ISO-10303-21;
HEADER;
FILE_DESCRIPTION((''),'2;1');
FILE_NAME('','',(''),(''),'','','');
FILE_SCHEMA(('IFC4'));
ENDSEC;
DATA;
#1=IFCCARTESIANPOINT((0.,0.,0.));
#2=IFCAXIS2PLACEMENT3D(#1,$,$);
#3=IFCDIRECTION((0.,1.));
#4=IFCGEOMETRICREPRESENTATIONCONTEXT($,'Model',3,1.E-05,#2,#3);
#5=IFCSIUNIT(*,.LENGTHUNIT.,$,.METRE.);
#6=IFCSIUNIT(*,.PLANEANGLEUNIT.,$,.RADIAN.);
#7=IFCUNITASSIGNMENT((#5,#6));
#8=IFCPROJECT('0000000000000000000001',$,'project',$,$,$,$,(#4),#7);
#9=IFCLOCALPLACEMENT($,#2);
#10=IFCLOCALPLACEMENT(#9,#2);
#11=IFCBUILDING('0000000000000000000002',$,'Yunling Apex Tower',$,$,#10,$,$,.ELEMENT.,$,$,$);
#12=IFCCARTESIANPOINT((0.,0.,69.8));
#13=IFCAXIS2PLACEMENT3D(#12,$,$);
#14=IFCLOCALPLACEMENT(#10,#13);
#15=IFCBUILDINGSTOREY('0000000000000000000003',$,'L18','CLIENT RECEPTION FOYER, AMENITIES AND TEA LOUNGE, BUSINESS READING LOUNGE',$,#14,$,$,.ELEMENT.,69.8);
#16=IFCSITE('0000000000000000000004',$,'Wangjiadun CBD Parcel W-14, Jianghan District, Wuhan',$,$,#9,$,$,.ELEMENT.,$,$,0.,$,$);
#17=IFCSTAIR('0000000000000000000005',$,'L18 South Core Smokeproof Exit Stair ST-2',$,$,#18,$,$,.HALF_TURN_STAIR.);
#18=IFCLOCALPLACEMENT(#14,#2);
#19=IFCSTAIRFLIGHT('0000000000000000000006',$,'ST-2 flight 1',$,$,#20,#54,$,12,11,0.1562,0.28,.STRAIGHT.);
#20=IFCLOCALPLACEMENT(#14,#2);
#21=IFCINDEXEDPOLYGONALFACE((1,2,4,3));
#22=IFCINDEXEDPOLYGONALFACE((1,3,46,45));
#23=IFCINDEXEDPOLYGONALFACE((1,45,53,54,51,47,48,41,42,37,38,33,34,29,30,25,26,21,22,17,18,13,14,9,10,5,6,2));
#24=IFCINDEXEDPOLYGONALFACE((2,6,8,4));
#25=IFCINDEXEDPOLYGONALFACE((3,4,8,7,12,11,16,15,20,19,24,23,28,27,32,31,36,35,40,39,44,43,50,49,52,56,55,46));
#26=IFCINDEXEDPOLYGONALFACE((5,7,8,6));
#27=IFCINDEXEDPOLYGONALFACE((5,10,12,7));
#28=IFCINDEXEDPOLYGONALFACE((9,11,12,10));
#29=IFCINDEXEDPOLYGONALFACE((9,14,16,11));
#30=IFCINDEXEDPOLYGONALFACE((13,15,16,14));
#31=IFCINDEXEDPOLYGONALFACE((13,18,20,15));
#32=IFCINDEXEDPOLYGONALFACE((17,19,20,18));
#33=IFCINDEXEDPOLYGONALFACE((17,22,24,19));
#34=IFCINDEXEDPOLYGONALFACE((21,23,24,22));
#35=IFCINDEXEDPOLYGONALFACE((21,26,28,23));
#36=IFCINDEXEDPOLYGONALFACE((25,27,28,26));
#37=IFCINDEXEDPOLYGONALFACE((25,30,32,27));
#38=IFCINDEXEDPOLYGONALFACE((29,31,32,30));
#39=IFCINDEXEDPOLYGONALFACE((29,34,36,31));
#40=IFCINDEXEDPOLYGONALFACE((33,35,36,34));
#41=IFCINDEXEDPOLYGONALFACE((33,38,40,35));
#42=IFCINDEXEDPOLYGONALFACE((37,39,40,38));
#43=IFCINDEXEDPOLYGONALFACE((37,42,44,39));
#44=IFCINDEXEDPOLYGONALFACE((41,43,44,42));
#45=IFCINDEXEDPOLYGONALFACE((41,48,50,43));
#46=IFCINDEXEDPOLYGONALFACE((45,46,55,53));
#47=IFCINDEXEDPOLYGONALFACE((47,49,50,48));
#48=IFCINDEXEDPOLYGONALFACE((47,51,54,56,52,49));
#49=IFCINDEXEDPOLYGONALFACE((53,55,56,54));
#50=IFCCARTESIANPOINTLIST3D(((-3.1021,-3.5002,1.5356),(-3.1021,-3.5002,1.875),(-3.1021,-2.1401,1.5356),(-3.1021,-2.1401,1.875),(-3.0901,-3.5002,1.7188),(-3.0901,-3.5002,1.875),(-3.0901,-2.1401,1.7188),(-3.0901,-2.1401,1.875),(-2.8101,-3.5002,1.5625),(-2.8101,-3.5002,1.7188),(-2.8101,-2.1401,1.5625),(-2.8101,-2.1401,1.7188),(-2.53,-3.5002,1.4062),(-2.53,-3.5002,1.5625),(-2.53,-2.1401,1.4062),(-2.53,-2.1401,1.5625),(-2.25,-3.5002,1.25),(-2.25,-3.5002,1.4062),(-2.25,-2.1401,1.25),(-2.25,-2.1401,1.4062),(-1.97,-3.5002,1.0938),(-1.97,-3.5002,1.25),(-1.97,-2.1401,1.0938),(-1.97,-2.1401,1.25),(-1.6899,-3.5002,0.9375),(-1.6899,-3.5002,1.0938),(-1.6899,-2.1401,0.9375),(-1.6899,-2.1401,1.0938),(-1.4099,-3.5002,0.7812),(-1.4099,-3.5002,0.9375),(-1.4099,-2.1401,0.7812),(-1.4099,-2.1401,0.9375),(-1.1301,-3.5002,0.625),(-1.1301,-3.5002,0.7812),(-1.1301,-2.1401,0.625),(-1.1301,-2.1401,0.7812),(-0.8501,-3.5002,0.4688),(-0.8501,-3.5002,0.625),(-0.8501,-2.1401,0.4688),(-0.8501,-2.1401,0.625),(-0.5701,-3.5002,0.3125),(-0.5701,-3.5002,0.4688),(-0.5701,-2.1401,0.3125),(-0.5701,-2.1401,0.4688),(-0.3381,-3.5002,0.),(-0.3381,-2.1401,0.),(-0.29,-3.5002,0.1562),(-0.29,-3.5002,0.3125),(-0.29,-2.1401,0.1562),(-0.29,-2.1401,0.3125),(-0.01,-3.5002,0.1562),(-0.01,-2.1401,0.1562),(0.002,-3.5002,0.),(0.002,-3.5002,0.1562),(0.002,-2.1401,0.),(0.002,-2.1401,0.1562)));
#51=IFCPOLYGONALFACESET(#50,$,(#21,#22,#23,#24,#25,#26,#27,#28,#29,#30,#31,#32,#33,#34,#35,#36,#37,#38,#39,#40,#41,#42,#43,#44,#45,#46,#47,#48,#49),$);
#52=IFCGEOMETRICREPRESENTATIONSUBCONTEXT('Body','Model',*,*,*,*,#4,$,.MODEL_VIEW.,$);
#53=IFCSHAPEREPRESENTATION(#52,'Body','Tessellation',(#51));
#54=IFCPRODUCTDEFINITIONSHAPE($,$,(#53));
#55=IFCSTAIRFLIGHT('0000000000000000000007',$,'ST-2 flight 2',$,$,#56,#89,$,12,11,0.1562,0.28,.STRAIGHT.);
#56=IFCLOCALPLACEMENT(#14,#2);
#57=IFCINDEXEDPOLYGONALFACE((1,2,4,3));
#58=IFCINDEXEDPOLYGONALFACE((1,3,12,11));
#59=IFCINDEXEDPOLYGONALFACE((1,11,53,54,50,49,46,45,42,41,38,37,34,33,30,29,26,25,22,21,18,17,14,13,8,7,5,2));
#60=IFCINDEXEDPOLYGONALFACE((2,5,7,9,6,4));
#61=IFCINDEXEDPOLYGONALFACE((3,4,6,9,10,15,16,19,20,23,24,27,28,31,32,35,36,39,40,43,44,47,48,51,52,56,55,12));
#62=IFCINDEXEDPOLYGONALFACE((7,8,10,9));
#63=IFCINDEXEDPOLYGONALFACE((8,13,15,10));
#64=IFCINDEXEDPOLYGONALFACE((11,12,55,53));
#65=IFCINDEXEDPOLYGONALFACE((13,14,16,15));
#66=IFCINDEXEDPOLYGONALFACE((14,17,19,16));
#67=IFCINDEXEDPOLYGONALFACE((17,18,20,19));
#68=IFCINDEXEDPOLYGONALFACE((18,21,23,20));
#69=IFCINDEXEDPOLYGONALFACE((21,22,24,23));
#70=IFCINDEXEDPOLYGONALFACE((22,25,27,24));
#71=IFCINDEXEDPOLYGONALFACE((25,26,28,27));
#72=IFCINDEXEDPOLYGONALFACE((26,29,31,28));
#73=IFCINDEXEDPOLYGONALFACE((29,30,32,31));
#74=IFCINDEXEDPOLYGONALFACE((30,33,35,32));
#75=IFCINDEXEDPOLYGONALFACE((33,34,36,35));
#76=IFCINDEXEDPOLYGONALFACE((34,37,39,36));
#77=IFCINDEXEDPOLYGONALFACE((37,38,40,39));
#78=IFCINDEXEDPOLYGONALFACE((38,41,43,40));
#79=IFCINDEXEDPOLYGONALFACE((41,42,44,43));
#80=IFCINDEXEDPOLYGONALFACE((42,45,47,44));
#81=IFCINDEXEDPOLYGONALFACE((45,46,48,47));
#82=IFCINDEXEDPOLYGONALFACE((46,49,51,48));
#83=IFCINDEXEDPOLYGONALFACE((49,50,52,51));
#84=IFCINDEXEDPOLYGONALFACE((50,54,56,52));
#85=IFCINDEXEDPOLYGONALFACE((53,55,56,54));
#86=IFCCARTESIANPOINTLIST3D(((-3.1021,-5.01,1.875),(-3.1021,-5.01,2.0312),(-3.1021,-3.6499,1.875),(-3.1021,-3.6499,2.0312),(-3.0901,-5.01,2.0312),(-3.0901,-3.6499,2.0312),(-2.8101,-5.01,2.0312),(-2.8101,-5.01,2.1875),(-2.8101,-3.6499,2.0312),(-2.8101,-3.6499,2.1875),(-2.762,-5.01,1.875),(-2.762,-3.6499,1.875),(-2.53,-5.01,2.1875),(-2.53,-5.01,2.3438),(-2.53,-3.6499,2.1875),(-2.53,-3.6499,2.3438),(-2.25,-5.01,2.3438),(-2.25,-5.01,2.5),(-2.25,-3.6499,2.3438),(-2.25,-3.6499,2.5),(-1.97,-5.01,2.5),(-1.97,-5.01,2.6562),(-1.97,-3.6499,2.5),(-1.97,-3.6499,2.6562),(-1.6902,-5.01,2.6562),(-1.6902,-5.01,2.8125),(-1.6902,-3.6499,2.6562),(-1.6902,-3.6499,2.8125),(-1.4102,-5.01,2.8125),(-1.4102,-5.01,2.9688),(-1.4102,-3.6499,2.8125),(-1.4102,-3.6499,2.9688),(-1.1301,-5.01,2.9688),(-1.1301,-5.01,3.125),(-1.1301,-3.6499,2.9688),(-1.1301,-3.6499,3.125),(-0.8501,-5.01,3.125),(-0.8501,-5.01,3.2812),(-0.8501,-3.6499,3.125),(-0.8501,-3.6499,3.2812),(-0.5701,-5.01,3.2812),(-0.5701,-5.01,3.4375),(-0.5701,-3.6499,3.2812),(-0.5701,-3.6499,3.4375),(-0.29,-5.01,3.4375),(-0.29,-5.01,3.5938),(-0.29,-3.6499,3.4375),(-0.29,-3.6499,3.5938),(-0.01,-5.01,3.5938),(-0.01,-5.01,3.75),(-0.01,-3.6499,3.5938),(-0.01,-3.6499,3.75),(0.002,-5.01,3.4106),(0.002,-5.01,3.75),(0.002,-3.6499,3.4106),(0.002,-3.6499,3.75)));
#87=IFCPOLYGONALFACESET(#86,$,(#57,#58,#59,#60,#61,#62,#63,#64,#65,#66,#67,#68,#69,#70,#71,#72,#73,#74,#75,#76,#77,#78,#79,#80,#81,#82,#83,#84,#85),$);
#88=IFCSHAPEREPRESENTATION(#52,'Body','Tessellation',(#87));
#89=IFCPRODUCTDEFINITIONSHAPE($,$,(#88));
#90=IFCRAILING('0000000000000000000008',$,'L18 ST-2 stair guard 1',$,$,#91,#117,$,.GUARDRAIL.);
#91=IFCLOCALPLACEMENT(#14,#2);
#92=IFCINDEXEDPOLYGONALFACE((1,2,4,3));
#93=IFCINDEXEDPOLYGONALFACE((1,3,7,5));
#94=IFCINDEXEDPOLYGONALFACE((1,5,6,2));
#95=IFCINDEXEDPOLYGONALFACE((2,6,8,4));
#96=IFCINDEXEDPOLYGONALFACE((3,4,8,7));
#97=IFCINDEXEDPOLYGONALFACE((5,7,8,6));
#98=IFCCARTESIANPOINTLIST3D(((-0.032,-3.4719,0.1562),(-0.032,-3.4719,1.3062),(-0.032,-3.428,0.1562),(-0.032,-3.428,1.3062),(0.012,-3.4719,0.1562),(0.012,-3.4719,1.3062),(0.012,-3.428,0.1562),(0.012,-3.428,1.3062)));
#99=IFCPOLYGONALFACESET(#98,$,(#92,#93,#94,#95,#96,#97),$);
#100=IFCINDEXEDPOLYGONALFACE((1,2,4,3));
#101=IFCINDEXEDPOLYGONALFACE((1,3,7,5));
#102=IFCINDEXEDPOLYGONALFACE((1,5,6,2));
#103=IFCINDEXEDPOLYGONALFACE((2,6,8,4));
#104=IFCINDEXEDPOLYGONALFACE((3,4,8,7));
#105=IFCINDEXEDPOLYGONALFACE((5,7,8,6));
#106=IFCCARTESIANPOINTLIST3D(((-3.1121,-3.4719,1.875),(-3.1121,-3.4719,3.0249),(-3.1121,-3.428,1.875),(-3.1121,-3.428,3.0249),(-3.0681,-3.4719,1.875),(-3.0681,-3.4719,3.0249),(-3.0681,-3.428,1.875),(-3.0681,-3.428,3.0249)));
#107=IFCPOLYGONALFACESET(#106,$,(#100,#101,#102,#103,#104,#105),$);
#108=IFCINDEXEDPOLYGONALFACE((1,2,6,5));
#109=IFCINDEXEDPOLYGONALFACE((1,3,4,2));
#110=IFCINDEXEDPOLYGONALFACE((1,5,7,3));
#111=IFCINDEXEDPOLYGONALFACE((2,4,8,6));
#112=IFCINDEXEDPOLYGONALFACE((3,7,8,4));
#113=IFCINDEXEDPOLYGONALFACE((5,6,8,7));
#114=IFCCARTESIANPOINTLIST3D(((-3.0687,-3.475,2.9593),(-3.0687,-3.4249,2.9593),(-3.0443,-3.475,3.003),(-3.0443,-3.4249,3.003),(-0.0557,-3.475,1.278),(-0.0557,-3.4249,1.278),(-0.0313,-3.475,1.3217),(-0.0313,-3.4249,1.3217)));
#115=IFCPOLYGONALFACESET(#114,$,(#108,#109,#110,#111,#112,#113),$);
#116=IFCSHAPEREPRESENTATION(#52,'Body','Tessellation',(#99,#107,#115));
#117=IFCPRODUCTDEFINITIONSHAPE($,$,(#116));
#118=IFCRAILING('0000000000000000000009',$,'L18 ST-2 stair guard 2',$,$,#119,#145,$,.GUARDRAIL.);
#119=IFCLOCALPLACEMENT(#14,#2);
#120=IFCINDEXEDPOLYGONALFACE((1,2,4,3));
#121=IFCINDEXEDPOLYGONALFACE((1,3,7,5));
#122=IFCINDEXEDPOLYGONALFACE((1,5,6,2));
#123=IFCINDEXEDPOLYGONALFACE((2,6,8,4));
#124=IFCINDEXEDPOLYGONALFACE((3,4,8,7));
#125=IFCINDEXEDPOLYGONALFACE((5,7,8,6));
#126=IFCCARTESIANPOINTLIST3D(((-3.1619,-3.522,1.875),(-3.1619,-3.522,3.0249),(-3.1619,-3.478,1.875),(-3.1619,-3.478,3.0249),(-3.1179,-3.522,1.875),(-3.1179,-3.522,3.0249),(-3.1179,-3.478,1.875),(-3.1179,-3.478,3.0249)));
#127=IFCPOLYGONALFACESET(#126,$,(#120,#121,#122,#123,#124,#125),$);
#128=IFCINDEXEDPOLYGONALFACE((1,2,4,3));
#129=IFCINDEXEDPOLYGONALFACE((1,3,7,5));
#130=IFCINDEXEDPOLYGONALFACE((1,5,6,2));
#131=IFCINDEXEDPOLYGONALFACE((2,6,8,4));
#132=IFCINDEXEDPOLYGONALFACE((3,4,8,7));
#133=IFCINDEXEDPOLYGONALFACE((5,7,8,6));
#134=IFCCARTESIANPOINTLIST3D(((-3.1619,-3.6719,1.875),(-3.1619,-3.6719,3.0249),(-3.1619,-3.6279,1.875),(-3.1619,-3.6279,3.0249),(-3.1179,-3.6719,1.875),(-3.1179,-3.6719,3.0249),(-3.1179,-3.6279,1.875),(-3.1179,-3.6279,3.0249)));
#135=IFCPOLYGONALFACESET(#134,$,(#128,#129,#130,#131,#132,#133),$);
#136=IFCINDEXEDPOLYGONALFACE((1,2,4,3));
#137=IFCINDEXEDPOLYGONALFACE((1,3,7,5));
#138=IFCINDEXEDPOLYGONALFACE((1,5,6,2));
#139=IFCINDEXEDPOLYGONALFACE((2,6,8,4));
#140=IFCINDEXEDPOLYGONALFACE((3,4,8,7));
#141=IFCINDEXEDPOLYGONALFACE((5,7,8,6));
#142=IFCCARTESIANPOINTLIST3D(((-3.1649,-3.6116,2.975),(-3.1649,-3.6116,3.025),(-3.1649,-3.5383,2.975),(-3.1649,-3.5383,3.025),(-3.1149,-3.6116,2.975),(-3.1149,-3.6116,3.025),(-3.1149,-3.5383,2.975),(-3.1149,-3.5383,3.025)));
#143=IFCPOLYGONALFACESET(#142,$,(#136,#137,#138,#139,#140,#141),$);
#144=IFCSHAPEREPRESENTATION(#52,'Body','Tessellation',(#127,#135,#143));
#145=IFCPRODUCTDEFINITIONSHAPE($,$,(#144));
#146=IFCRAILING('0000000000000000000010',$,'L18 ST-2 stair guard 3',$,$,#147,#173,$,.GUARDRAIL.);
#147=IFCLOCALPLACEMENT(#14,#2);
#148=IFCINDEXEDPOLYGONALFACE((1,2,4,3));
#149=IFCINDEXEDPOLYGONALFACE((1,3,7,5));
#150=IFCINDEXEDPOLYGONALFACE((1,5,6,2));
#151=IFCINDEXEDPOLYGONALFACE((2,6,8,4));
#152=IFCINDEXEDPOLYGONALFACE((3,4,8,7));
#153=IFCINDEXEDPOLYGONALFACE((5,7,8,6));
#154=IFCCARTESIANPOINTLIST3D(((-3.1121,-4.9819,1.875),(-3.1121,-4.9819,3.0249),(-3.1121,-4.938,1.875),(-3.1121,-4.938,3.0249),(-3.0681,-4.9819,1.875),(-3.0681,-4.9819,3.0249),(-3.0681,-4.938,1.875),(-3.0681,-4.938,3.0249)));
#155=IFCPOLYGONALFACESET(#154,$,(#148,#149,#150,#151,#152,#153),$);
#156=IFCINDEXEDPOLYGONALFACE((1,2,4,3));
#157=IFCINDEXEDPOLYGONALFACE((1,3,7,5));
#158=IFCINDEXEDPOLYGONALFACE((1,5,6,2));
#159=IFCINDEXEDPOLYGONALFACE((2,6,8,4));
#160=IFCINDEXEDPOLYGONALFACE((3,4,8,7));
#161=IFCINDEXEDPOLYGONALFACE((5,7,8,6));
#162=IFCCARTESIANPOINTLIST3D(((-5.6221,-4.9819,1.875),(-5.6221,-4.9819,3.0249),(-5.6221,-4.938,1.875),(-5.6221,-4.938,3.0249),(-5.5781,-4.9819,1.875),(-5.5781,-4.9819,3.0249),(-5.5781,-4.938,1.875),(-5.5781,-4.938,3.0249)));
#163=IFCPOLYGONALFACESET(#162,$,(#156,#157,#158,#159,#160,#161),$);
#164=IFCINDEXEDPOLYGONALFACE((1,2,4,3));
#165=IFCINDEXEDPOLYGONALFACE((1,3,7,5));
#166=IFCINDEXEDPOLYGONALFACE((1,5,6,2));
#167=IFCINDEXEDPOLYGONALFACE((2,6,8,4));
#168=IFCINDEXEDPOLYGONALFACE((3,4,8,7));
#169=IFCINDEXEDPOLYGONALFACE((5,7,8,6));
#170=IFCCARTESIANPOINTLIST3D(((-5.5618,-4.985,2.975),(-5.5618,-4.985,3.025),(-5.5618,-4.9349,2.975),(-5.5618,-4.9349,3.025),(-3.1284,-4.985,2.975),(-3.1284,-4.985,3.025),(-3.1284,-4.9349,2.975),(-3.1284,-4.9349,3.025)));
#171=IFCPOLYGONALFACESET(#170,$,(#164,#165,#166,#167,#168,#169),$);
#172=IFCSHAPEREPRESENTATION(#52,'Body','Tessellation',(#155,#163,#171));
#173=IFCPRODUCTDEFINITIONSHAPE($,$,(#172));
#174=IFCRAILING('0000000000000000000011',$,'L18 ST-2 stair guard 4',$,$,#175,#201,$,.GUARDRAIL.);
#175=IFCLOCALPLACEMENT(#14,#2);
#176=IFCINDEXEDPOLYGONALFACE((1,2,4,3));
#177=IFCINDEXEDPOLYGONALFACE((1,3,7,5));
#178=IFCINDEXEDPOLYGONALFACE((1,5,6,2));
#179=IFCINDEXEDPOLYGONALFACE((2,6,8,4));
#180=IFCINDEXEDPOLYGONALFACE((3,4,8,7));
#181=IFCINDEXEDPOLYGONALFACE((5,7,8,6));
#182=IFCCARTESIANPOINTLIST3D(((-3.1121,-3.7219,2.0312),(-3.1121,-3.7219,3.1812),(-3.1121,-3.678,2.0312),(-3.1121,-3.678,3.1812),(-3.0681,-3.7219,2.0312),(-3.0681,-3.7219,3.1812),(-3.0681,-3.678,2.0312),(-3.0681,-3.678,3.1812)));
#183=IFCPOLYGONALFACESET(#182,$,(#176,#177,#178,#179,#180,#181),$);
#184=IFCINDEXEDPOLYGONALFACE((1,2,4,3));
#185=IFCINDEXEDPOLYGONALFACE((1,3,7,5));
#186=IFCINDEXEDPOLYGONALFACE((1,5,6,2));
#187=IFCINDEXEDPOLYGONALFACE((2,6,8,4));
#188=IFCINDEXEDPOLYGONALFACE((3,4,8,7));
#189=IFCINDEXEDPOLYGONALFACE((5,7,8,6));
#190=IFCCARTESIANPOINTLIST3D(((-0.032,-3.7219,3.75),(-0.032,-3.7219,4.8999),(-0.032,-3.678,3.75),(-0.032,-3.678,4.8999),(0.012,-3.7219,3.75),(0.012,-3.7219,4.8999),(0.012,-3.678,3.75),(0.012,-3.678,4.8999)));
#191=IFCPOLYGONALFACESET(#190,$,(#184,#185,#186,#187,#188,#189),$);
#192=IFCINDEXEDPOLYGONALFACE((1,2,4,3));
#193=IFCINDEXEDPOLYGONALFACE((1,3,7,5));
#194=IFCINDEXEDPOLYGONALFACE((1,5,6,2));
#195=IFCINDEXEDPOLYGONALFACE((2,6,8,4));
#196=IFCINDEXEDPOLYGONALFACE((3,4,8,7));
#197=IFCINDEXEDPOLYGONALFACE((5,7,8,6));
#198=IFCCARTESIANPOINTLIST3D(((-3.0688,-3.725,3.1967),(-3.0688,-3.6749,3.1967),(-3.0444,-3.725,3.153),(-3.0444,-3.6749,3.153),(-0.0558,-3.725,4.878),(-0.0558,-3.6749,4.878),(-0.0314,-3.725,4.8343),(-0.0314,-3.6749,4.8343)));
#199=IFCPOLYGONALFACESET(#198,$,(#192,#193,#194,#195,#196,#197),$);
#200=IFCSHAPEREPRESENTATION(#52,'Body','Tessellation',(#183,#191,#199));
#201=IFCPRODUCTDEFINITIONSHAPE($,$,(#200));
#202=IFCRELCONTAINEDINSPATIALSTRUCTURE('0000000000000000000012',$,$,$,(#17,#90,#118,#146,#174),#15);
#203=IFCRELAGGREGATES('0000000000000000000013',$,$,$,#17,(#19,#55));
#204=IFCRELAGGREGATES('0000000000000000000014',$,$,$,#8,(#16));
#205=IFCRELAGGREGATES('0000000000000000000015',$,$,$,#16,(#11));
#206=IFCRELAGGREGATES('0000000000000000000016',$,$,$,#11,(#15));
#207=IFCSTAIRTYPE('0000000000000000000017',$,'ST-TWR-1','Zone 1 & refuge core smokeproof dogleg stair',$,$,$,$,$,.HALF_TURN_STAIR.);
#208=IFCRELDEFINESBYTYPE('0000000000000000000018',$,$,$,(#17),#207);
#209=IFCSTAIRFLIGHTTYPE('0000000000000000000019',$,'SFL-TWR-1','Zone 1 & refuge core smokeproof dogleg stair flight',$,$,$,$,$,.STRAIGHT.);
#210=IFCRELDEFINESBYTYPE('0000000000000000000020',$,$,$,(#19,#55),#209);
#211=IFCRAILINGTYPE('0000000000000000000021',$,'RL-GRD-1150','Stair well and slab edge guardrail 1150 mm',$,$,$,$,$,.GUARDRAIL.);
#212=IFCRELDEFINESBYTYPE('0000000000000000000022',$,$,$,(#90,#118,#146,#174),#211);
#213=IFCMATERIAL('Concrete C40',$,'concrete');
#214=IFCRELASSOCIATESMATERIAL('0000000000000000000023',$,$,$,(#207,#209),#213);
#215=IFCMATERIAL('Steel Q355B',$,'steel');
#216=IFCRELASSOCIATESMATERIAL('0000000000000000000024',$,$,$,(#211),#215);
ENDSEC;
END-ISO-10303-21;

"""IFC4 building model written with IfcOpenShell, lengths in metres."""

from ifc_helpers import new_model, si_unit, direction, frame, origin, origin_2d, place, context, subcontext, project, spatial, polyline, rectangle, outline, extrude, material, type_object, element, aggregate, save


model = new_model("IFC4")

# Units and contexts
model_context = context("Model", 3, precision=1e-05, world=origin(), true_north=direction((0.0, 1.0)))
body_context = subcontext(model_context, "Body", "Model", "MODEL_VIEW")
ifc_project = project(units=[si_unit("LENGTHUNIT", "METRE"), si_unit("PLANEANGLEUNIT", "RADIAN")], contexts=[model_context])

# Site, building, storey
site_placement = place(None, origin())
site = spatial("IfcSite", under=ifc_project, at=site_placement, Name="Wangjiadun CBD Parcel W-14, Jianghan District, Wuhan", CompositionType="ELEMENT", RefElevation=0.0)
building_placement = place(site_placement, origin())
building = spatial("IfcBuilding", under=site, at=building_placement, Name="Yunling Apex Tower", CompositionType="ELEMENT")
storey_placement = place(building_placement, frame((0.0, 0.0, 69.8)))
storey = spatial("IfcBuildingStorey", under=building, at=storey_placement, Name="L18", Description="CLIENT RECEPTION FOYER, AMENITIES AND TEA LOUNGE, BUSINESS READING LOUNGE", CompositionType="ELEMENT", Elevation=69.8)

# Shared definitions
ifc_material_1 = material(Name="Steel Q355B", Category="steel")

# Shared definitions
ifc_material_2 = material(Name="Concrete C40", Category="concrete")

# Stair, stair flights
stair_type = type_object("IfcStairType", Name="ST-TWR-1", Description="Zone 1 & refuge core smokeproof dogleg stair", PredefinedType="HALF_TURN_STAIR", material=ifc_material_2)
stair_placement = place(storey_placement, origin())
stair = element("IfcStair", 1, at=stair_placement, inside=storey, type_object=stair_type, Name="L18 South Core Smokeproof Exit Stair ST-2", PredefinedType="HALF_TURN_STAIR")
stair_flight_type = type_object("IfcStairFlightType", Name="SFL-TWR-1", Description="Zone 1 & refuge core smokeproof dogleg stair flight", PredefinedType="STRAIGHT", material=ifc_material_2)
stair_flight_1_placement = place(storey_placement, frame((-0.01, -2.8201, 0.0), z_axis=(0.0, 0.0, 1.0), x_axis=(-1.0, 0.0, 0.0)))
stair_flight_1 = element("IfcStairFlight", 2, at=stair_flight_1_placement, type_object=stair_flight_type, Name="ST-2 flight 1", NumberOfRisers=12, NumberOfTreads=11, PredefinedType="STRAIGHT", RiserHeight=0.1562, TreadLength=0.28, context=body_context, shape_type="SweptSolid", body=[
    extrude(outline(polyline([(-0.012, 0.0), (-0.012, 0.1562), (0.0, 0.1562), (0.28, 0.1562), (0.28, 0.3125), (0.5601, 0.3125), (0.5601, 0.4688), (0.8401, 0.4688), (0.8401, 0.625), (1.1201, 0.625), (1.1201, 0.7812), (1.3999, 0.7812), (1.3999, 0.9375), (1.6799, 0.9375), (1.6799, 1.0938), (1.96, 1.0938), (1.96, 1.25), (2.24, 1.25), (2.24, 1.4062), (2.52, 1.4062), (2.52, 1.5625), (2.8, 1.5625), (2.8, 1.7188), (3.0801, 1.7188), (3.0801, 1.875), (3.092, 1.875), (3.092, 1.5356), (0.3281, 0.0), (-0.012, 0.0)])), frame((0.0, 0.6802, 0.0), z_axis=(0.0, -1.0, 0.0), x_axis=(1.0, 0.0, 0.0)), (0.0, 0.0, 1.0), 1.3601),
])
stair_flight_2_placement = place(storey_placement, frame((-3.0901, -4.3301, 1.875), z_axis=(0.0, 0.0, 1.0), x_axis=(1.0, 0.0, 0.0)))
stair_flight_2 = element("IfcStairFlight", 3, at=stair_flight_2_placement, type_object=stair_flight_type, Name="ST-2 flight 2", NumberOfRisers=12, NumberOfTreads=11, PredefinedType="STRAIGHT", RiserHeight=0.1562, TreadLength=0.28, context=body_context, shape_type="SweptSolid", body=[
    extrude(outline(polyline([(-0.012, 0.0), (-0.012, 0.1562), (0.0, 0.1562), (0.28, 0.1562), (0.28, 0.3125), (0.5601, 0.3125), (0.5601, 0.4688), (0.8401, 0.4688), (0.8401, 0.625), (1.1201, 0.625), (1.1201, 0.7812), (1.3999, 0.7812), (1.3999, 0.9375), (1.6799, 0.9375), (1.6799, 1.0938), (1.96, 1.0938), (1.96, 1.25), (2.24, 1.25), (2.24, 1.4062), (2.52, 1.4062), (2.52, 1.5625), (2.8, 1.5625), (2.8, 1.7188), (3.0801, 1.7188), (3.0801, 1.875), (3.092, 1.875), (3.092, 1.5356), (0.3281, 0.0), (-0.012, 0.0)])), frame((0.0, 0.6802, 0.0), z_axis=(0.0, -1.0, 0.0), x_axis=(1.0, 0.0, 0.0)), (0.0, 0.0, 1.0), 1.3601),
])
aggregate(stair, [stair_flight_1, stair_flight_2])

# Railings
railing_type_1 = type_object("IfcRailingType", Name="RL-GRD-1150", Description="Stair well and slab edge guardrail 1150 mm", PredefinedType="GUARDRAIL", material=ifc_material_1)
railing_1_placement = place(storey_placement, frame((-0.01, -3.45, 0.1562)))
element("IfcRailing", 4, at=railing_1_placement, inside=storey, type_object=railing_type_1, Name="L18 ST-2 stair guard 1", PredefinedType="GUARDRAIL", context=body_context, shape_type="SweptSolid", body=[
    extrude(rectangle(XDim=0.0439, YDim=0.0439, at=origin_2d()), origin(), (0.0, 0.0, 1.0), 1.1499),
    extrude(rectangle(XDim=0.0439, YDim=0.0439, at=origin_2d()), frame((-3.0801, 0.0, 1.7188)), (0.0, 0.0, 1.0), 1.1499),
    extrude(rectangle(XDim=0.05, YDim=0.05, at=origin_2d()), frame((-0.0334, 0.0, 1.1436), z_axis=(-0.873242, 0.0, 0.487288), x_axis=(0.0, -1.0, 0.0)), (0.0, 0.0, 1.0), 3.4504),
])
railing_2_placement = place(storey_placement, frame((-3.1399, -3.5, 1.875)))
element("IfcRailing", 5, at=railing_2_placement, inside=storey, type_object=railing_type_1, Name="L18 ST-2 stair guard 2", PredefinedType="GUARDRAIL", context=body_context, shape_type="SweptSolid", body=[
    extrude(rectangle(XDim=0.0439, YDim=0.0439, at=origin_2d()), origin(), (0.0, 0.0, 1.0), 1.1499),
    extrude(rectangle(XDim=0.0439, YDim=0.0439, at=origin_2d()), frame((0.0, -0.1499, 0.0)), (0.0, 0.0, 1.0), 1.1499),
    extrude(rectangle(XDim=0.05, YDim=0.05, at=origin_2d()), frame((0.0, -0.0383, 1.125), z_axis=(0.0, -1.0, 0.0), x_axis=(1.0, 0.0, 0.0)), (0.0, 0.0, 1.0), 0.0732),
])
railing_3_placement = place(storey_placement, frame((-3.0901, -4.96, 1.875)))
element("IfcRailing", 6, at=railing_3_placement, inside=storey, type_object=railing_type_1, Name="L18 ST-2 stair guard 3", PredefinedType="GUARDRAIL", context=body_context, shape_type="SweptSolid", body=[
    extrude(rectangle(XDim=0.0439, YDim=0.0439, at=origin_2d()), origin(), (0.0, 0.0, 1.0), 1.1499),
    extrude(rectangle(XDim=0.0439, YDim=0.0439, at=origin_2d()), frame((-2.51, 0.0, 0.0)), (0.0, 0.0, 1.0), 1.1499),
    extrude(rectangle(XDim=0.05, YDim=0.05, at=origin_2d()), frame((-0.0383, 0.0, 1.125), z_axis=(-1.0, 0.0, 0.0), x_axis=(0.0, -1.0, 0.0)), (0.0, 0.0, 1.0), 2.4333),
])
railing_4_placement = place(storey_placement, frame((-3.0901, -3.7, 2.0312)))
element("IfcRailing", 7, at=railing_4_placement, inside=storey, type_object=railing_type_1, Name="L18 ST-2 stair guard 4", PredefinedType="GUARDRAIL", context=body_context, shape_type="SweptSolid", body=[
    extrude(rectangle(XDim=0.0439, YDim=0.0439, at=origin_2d()), origin(), (0.0, 0.0, 1.0), 1.1499),
    extrude(rectangle(XDim=0.0439, YDim=0.0439, at=origin_2d()), frame((3.0801, 0.0, 1.7188)), (0.0, 0.0, 1.0), 1.1499),
    extrude(rectangle(XDim=0.05, YDim=0.05, at=origin_2d()), frame((0.0334, 0.0, 1.1436), z_axis=(0.873242, 0.0, 0.487288), x_axis=(0.0, 1.0, 0.0)), (0.0, 0.0, 1.0), 3.4504),
])

save(model, "model.ifc")
